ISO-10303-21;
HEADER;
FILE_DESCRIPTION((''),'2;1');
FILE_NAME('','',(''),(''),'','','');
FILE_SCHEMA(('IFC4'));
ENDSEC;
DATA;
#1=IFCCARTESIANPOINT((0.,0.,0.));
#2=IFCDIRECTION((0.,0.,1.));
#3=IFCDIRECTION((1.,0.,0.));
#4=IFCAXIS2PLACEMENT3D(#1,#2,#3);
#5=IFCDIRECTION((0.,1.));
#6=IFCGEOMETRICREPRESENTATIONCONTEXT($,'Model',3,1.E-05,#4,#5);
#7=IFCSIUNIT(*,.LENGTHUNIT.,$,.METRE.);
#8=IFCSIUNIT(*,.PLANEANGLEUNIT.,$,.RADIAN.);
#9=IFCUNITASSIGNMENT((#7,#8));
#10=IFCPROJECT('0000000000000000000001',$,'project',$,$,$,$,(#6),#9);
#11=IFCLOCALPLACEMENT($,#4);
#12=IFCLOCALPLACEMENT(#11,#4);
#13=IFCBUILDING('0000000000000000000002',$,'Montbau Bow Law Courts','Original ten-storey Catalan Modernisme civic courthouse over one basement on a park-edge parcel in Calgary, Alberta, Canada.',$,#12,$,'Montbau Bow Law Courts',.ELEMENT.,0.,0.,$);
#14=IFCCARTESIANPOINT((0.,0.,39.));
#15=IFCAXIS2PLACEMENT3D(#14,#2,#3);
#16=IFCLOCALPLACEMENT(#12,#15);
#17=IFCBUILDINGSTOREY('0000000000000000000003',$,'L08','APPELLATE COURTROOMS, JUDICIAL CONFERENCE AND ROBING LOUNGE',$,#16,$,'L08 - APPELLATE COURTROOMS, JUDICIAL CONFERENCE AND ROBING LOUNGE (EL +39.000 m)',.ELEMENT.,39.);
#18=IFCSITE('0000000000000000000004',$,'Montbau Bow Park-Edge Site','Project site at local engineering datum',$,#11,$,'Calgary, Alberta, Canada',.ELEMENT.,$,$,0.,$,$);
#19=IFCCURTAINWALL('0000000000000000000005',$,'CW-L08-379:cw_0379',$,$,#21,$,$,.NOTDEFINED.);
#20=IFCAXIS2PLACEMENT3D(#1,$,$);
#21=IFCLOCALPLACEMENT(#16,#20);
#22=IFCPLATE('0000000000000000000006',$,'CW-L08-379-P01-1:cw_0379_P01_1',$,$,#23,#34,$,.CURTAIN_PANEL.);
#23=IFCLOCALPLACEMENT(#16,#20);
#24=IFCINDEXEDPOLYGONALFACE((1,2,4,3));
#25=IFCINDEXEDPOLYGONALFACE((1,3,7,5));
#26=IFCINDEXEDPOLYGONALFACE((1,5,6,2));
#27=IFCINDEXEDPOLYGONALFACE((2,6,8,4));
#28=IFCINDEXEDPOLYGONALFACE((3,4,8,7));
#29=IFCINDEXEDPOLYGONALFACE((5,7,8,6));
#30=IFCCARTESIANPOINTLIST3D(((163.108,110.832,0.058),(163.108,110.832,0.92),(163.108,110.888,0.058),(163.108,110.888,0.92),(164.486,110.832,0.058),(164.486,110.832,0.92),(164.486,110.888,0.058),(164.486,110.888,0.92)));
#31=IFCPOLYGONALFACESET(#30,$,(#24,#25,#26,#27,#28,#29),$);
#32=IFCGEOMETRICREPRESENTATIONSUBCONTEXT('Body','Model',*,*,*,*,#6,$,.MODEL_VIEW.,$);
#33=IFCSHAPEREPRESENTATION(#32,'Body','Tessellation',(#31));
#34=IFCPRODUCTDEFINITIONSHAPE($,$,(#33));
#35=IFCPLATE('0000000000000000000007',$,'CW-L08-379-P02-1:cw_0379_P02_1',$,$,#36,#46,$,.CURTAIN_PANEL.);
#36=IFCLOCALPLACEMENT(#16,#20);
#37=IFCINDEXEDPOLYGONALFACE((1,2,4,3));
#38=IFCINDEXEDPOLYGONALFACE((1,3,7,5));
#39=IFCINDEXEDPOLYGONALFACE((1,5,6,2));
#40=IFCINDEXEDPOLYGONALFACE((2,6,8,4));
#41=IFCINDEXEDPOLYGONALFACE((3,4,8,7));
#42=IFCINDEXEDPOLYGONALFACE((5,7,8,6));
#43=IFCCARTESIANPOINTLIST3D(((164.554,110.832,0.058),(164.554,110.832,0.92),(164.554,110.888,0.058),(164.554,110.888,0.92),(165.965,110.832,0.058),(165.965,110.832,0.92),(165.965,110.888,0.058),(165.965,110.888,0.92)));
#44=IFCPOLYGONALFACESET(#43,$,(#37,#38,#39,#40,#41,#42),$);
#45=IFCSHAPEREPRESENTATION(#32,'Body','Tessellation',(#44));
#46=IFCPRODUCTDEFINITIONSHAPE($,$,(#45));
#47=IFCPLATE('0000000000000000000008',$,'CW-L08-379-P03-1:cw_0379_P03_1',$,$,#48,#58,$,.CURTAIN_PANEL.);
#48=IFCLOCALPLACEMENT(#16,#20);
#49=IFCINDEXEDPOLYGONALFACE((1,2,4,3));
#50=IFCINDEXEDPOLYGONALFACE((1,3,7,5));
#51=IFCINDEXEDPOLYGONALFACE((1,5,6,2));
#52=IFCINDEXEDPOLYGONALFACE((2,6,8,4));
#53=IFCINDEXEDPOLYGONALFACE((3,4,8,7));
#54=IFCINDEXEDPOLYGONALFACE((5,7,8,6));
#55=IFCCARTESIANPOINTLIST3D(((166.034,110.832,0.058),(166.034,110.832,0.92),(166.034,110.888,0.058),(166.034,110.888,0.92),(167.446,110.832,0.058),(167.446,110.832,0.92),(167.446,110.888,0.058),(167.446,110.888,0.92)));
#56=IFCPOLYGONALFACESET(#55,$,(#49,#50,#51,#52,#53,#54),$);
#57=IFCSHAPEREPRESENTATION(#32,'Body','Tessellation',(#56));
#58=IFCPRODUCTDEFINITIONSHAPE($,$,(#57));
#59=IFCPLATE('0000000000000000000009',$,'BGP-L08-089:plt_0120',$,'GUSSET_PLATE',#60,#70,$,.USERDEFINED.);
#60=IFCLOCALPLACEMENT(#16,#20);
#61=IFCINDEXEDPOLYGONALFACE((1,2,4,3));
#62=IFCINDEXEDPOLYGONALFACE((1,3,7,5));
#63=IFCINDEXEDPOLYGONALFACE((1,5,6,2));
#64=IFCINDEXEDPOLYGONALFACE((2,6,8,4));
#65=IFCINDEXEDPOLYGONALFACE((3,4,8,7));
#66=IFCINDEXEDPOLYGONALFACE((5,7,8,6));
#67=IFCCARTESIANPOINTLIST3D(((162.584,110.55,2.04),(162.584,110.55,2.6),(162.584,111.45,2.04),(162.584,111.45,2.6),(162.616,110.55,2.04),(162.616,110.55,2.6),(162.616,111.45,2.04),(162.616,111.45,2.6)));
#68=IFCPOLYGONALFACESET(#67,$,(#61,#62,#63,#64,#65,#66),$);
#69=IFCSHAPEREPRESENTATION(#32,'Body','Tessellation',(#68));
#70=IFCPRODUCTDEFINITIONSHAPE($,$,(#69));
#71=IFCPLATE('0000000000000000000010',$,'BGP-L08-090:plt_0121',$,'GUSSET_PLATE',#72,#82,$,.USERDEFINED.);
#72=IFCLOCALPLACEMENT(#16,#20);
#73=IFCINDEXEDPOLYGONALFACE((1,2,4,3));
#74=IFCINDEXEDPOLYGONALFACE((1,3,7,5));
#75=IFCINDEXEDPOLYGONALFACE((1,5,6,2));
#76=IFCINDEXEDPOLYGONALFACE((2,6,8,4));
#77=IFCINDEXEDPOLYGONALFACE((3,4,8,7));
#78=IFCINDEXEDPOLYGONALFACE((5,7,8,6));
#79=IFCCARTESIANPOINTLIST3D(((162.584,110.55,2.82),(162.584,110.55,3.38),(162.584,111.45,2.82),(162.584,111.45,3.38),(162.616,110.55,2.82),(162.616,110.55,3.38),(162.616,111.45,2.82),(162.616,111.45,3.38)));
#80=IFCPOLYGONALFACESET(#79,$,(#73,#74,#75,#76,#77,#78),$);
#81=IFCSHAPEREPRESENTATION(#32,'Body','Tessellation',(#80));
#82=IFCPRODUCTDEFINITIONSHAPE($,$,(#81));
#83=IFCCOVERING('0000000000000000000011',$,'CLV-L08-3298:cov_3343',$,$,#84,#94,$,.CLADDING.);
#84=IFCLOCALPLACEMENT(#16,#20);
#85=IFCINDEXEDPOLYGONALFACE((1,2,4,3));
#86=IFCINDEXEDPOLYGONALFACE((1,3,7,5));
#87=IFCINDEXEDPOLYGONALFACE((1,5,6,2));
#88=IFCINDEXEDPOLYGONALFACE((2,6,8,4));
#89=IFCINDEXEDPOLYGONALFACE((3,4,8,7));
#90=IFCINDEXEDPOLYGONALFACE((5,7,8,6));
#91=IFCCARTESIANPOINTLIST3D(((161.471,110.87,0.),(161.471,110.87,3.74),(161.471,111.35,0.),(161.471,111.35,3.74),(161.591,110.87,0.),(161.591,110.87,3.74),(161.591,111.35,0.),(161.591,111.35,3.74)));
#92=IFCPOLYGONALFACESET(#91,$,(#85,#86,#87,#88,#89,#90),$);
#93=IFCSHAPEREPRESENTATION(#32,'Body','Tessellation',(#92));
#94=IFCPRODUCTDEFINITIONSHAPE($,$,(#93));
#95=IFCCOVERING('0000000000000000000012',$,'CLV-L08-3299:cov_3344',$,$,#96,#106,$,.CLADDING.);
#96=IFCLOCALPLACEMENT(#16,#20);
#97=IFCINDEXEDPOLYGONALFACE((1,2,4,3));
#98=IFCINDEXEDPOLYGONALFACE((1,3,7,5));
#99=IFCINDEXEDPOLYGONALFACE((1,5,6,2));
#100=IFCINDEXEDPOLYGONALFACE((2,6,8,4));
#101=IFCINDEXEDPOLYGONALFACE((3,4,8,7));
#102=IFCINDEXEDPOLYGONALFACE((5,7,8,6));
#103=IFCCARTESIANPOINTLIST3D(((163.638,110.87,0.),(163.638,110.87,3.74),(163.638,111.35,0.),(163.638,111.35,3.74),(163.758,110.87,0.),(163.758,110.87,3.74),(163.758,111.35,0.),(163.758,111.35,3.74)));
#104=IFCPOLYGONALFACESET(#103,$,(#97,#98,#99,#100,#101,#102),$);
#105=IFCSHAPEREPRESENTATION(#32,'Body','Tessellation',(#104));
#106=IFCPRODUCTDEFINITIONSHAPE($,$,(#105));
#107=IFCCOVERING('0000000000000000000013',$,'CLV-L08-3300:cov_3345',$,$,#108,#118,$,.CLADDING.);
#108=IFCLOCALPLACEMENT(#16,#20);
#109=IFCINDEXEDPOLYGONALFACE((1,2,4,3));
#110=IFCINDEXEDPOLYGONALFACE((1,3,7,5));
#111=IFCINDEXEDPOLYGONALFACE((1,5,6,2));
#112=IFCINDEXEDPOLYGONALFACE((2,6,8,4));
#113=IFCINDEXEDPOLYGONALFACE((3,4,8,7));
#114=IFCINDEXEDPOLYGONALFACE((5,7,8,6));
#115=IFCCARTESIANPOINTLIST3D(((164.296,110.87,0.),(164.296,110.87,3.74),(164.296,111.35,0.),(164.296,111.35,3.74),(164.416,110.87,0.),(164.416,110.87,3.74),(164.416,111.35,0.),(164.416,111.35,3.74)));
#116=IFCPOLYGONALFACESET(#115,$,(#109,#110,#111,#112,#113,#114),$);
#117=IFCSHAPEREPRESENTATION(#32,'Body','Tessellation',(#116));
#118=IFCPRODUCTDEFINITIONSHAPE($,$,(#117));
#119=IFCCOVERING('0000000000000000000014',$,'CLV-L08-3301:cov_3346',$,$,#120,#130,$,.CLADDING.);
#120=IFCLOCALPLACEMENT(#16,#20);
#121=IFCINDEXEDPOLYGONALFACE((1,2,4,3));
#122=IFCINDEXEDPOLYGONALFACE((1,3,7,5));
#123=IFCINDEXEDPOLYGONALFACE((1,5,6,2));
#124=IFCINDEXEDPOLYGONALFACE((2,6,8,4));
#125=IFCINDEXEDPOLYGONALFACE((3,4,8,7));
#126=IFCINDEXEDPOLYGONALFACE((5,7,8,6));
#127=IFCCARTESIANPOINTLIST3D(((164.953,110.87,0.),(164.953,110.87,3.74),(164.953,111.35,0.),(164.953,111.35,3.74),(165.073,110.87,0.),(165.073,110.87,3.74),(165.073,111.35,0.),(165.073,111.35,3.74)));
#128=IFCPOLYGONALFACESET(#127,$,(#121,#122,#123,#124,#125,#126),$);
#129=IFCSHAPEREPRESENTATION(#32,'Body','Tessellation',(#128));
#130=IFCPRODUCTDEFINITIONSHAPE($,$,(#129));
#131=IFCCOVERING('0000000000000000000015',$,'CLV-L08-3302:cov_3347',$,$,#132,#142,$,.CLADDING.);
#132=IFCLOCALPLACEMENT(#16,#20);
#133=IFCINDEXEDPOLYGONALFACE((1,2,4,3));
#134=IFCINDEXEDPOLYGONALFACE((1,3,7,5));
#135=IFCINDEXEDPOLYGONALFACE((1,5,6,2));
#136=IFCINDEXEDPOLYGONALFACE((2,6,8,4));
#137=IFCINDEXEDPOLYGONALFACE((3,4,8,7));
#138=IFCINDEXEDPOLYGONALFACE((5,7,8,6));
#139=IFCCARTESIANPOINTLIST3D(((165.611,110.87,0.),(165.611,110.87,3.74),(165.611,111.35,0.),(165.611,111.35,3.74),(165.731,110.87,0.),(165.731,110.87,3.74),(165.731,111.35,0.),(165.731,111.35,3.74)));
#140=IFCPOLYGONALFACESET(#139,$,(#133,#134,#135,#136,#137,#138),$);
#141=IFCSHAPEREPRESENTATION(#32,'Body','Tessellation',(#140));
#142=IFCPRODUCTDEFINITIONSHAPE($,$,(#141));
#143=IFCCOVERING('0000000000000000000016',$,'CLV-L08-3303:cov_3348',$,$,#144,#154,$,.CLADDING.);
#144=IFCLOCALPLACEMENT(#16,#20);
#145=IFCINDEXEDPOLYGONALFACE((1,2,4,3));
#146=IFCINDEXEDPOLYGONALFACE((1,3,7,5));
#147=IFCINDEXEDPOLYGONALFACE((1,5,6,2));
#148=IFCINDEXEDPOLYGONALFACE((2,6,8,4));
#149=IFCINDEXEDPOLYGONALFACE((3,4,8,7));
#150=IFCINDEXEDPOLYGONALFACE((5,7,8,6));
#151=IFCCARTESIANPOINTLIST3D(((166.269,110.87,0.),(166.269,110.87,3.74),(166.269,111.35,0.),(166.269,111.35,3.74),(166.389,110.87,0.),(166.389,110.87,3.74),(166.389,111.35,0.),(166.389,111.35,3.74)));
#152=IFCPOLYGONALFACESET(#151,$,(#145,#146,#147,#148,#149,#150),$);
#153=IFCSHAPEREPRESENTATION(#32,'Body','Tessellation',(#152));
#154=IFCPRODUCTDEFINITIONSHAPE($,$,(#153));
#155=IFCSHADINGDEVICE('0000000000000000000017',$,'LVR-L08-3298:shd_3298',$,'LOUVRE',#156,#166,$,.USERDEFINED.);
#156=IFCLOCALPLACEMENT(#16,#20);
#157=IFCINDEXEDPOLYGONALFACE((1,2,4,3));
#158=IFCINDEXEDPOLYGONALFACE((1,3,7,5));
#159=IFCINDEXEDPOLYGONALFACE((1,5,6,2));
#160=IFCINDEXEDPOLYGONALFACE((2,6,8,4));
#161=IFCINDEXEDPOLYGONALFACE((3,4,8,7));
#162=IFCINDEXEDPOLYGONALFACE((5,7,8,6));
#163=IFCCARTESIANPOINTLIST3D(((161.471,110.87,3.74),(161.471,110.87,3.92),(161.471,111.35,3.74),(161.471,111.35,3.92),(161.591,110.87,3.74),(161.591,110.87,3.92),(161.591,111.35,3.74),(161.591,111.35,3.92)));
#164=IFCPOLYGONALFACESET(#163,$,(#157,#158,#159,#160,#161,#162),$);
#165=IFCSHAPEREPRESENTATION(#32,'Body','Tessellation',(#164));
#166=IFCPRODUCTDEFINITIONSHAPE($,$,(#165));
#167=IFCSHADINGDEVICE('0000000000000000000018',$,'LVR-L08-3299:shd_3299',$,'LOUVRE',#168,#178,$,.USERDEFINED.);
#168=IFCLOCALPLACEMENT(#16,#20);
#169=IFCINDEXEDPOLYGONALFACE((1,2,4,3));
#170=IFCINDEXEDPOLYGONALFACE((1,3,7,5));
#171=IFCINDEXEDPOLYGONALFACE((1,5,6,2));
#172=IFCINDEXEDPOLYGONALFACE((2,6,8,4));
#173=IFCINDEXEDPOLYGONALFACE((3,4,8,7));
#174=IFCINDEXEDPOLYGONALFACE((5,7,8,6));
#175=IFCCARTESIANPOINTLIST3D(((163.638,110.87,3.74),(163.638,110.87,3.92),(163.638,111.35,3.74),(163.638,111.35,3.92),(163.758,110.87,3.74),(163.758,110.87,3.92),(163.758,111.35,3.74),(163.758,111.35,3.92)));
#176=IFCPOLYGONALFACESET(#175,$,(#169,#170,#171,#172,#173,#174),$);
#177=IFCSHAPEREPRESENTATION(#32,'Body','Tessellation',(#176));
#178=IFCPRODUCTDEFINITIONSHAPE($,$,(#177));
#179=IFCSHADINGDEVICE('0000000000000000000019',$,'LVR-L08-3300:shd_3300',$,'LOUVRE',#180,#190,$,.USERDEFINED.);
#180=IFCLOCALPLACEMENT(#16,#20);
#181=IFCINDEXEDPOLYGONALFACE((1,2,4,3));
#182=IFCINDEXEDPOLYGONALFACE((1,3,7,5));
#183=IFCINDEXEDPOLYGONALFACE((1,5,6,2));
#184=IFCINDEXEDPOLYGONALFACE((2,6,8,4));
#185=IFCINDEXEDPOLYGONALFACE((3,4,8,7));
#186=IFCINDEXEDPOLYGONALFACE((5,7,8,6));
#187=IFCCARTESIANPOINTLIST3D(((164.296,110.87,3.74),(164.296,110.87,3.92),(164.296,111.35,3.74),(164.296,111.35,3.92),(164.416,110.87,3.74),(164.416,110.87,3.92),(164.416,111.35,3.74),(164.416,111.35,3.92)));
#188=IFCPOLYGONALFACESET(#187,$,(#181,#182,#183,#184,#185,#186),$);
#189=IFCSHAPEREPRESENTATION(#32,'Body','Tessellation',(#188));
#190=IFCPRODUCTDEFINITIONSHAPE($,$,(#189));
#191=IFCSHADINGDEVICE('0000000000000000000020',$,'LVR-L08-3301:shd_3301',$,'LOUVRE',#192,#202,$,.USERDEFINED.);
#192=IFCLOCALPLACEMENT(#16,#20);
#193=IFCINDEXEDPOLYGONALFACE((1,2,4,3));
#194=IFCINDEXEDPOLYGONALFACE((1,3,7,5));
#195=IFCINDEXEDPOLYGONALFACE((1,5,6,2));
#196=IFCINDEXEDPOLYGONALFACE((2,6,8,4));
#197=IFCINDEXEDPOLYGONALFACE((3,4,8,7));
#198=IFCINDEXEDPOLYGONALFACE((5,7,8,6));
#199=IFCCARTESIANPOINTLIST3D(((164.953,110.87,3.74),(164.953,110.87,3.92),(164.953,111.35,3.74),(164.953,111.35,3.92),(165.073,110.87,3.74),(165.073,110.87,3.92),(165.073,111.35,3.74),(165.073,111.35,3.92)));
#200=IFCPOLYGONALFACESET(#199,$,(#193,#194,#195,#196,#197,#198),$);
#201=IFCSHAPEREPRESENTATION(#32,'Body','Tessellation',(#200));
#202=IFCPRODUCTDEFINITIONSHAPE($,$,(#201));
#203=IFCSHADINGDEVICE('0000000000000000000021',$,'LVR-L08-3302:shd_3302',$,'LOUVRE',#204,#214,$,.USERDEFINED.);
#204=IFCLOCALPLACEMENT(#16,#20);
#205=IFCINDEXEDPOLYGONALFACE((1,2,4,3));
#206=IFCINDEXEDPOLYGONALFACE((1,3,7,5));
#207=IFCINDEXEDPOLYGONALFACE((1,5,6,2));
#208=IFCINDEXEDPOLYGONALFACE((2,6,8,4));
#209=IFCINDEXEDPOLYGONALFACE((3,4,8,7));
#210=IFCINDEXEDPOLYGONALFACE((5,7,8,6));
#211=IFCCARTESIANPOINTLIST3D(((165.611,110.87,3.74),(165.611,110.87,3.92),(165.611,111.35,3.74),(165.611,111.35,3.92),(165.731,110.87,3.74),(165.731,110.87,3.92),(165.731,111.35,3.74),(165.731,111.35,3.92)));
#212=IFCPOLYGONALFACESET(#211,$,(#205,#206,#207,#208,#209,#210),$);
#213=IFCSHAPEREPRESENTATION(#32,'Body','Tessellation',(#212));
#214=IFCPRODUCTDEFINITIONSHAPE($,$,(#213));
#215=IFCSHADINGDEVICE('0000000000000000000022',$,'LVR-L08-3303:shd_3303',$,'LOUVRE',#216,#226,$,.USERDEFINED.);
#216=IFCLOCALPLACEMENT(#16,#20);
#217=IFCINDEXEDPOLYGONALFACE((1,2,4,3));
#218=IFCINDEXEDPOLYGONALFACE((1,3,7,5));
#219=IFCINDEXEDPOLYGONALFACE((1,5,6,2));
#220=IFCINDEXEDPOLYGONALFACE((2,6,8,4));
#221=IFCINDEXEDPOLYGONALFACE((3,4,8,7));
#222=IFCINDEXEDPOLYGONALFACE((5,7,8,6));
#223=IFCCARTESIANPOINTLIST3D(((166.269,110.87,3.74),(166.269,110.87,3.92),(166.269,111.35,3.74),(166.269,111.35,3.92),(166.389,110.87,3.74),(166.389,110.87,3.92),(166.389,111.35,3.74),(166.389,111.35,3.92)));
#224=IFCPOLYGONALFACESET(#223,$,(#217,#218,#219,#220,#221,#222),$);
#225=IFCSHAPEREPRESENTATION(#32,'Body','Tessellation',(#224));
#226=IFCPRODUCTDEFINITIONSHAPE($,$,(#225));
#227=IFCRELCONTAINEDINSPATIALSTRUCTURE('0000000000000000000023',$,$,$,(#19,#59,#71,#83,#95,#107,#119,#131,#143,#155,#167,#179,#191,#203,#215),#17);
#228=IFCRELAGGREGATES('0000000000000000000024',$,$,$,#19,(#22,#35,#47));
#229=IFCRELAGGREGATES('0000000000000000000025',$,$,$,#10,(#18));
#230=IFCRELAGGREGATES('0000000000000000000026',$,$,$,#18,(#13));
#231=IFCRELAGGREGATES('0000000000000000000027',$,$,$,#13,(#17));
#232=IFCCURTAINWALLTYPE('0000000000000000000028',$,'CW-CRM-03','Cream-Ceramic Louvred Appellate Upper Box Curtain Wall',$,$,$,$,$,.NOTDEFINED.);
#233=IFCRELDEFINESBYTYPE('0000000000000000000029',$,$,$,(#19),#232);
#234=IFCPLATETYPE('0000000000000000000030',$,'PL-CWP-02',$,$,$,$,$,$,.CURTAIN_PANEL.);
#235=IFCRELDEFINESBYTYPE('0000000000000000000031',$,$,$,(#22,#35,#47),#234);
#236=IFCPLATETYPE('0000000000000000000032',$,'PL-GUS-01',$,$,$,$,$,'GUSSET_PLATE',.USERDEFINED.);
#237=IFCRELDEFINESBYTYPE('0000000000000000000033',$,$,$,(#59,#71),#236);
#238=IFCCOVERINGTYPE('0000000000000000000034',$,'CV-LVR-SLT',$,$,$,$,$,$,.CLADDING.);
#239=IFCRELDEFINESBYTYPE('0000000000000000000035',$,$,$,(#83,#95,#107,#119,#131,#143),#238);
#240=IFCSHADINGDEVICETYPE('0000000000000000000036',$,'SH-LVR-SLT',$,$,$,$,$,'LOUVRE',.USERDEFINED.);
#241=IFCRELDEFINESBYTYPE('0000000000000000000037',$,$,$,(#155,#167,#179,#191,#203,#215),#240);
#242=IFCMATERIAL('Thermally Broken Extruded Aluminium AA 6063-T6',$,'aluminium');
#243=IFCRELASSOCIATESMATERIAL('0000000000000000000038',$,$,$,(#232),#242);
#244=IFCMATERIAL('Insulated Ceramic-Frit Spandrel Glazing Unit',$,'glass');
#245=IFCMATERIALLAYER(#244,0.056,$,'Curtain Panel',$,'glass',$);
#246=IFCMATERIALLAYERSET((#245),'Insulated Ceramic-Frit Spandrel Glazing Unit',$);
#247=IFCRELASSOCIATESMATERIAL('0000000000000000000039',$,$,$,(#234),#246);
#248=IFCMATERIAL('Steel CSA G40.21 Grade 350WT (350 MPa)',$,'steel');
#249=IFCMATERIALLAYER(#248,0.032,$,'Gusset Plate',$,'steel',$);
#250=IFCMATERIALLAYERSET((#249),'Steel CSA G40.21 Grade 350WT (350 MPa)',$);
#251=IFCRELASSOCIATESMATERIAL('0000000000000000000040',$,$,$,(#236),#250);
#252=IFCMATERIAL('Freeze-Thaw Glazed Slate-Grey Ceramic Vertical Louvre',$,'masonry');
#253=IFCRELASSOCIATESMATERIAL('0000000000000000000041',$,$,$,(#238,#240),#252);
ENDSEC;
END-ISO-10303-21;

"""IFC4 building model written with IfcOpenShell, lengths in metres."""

from ifc_helpers import new_model, si_unit, direction, frame, frame_2d, origin_with_axes, origin_2d_with_axis, place, context, subcontext, project, spatial, rectangle, extrude, material, layer, layer_set, type_object, element, aggregate, save


model = new_model("IFC4")

# Units and contexts
model_context = context("Model", 3, precision=1e-05, world=origin_with_axes(), true_north=direction((0.0, 1.0)))
body_context = subcontext(model_context, "Body", "Model", "MODEL_VIEW")
ifc_project = project(units=[si_unit("LENGTHUNIT", "METRE"), si_unit("PLANEANGLEUNIT", "RADIAN")], contexts=[model_context])

# Site, building, storey
site_placement = place(None, origin_with_axes())
site = spatial("IfcSite", under=ifc_project, at=site_placement, Name="Montbau Bow Park-Edge Site", Description="Project site at local engineering datum", LongName="Calgary, Alberta, Canada", CompositionType="ELEMENT", RefElevation=0.0)
building_placement = place(site_placement, origin_with_axes())
building = spatial("IfcBuilding", under=site, at=building_placement, Name="Montbau Bow Law Courts", Description="Original ten-storey Catalan Modernisme civic courthouse over one basement on a park-edge parcel in Calgary, Alberta, Canada.", LongName="Montbau Bow Law Courts", CompositionType="ELEMENT", ElevationOfRefHeight=0.0, ElevationOfTerrain=0.0)
storey_placement = place(building_placement, frame((0.0, 0.0, 39.0), z_axis=(0.0, 0.0, 1.0), x_axis=(1.0, 0.0, 0.0)))
storey = spatial("IfcBuildingStorey", under=building, at=storey_placement, Name="L08", Description="APPELLATE COURTROOMS, JUDICIAL CONFERENCE AND ROBING LOUNGE", LongName="L08 - APPELLATE COURTROOMS, JUDICIAL CONFERENCE AND ROBING LOUNGE (EL +39.000 m)", CompositionType="ELEMENT", Elevation=39.0)

# Shared definitions
ifc_material_1 = material(Name="Steel CSA G40.21 Grade 350WT (350 MPa)", Category="steel")

# Shared definitions
ifc_material_2 = material(Name="Thermally Broken Extruded Aluminium AA 6063-T6", Category="aluminium")
curtain_wall_type = type_object("IfcCurtainWallType", Name="CW-CRM-03", Description="Cream-Ceramic Louvred Appellate Upper Box Curtain Wall", PredefinedType="NOTDEFINED", material=ifc_material_2)

# Curtain wall, plates
curtain_wall_1_placement = place(None, frame((163.04, 110.86, 39.0), z_axis=(0.0, 0.0, 1.0), x_axis=(1.0, 0.0, 0.0)))
curtain_wall_1 = element("IfcCurtainWall", 1, at=curtain_wall_1_placement, inside=storey, type_object=curtain_wall_type, Name="CW-L08-379:cw_0379", PredefinedType="NOTDEFINED")
ifc_material_3 = material(Name="Insulated Ceramic-Frit Spandrel Glazing Unit", Category="glass")
ifc_layer_1 = layer(ifc_material_3, 0.056, Name="Curtain Panel", Category="glass")
ifc_layer_set_1 = layer_set([ifc_layer_1], Name="Insulated Ceramic-Frit Spandrel Glazing Unit")
plate_type_1 = type_object("IfcPlateType", Name="PL-CWP-02", PredefinedType="CURTAIN_PANEL", material=ifc_layer_set_1)
plate_1_placement = place(None, frame((163.108, 110.86, 39.058), z_axis=(0.0, -1.0, 0.0), x_axis=(1.0, 0.0, 0.0)))
plate_1 = element("IfcPlate", 2, at=plate_1_placement, type_object=plate_type_1, Name="CW-L08-379-P01-1:cw_0379_P01_1", PredefinedType="CURTAIN_PANEL", context=body_context, shape_type="SweptSolid", body=[
    extrude(rectangle(XDim=1.378, YDim=0.862, at=frame_2d((0.689, 0.431), x_axis=(1.0, 0.0))), frame((0.0, 0.0, -0.028), z_axis=(0.0, 0.0, 1.0), x_axis=(1.0, 0.0, 0.0)), (0.0, 0.0, 1.0), 0.056),
])
plate_2_placement = place(None, frame((164.554, 110.86, 39.058), z_axis=(0.0, -1.0, 0.0), x_axis=(1.0, 0.0, 0.0)))
plate_2 = element("IfcPlate", 3, at=plate_2_placement, type_object=plate_type_1, Name="CW-L08-379-P02-1:cw_0379_P02_1", PredefinedType="CURTAIN_PANEL", context=body_context, shape_type="SweptSolid", body=[
    extrude(rectangle(XDim=1.411, YDim=0.862, at=frame_2d((0.7055, 0.431), x_axis=(1.0, 0.0))), frame((0.0, 0.0, -0.028), z_axis=(0.0, 0.0, 1.0), x_axis=(1.0, 0.0, 0.0)), (0.0, 0.0, 1.0), 0.056),
])
plate_3_placement = place(None, frame((166.034, 110.86, 39.058), z_axis=(0.0, -1.0, 0.0), x_axis=(1.0, 0.0, 0.0)))
plate_3 = element("IfcPlate", 4, at=plate_3_placement, type_object=plate_type_1, Name="CW-L08-379-P03-1:cw_0379_P03_1", PredefinedType="CURTAIN_PANEL", context=body_context, shape_type="SweptSolid", body=[
    extrude(rectangle(XDim=1.412, YDim=0.862, at=frame_2d((0.706, 0.431), x_axis=(1.0, 0.0))), frame((0.0, 0.0, -0.028), z_axis=(0.0, 0.0, 1.0), x_axis=(1.0, 0.0, 0.0)), (0.0, 0.0, 1.0), 0.056),
])
aggregate(curtain_wall_1, [plate_1, plate_2, plate_3])

# Plates
ifc_layer_2 = layer(ifc_material_1, 0.032, Name="Gusset Plate", Category="steel")
ifc_layer_set_2 = layer_set([ifc_layer_2], Name="Steel CSA G40.21 Grade 350WT (350 MPa)")
plate_type_2 = type_object("IfcPlateType", Name="PL-GUS-01", ElementType="GUSSET_PLATE", PredefinedType="USERDEFINED", material=ifc_layer_set_2)
for number, where, z_axis, x_axis, name in (
    (5, (162.6, 111.0, 41.04), (0.0, 0.0, 1.0), (0.0, 1.0, 0.0), "BGP-L08-089:plt_0120"),
    (6, (162.6, 111.0, 41.82), (0.0, 0.0, 1.0), (0.0, 1.0, 0.0), "BGP-L08-090:plt_0121"),
):
    element("IfcPlate", number, at=place(None, frame(where, z_axis=z_axis, x_axis=x_axis)), inside=storey, type_object=plate_type_2, Name=name, ObjectType="GUSSET_PLATE", PredefinedType="USERDEFINED", context=body_context, shape_type="SweptSolid", body=[
        extrude(rectangle(XDim=0.9, YDim=0.032, at=origin_2d_with_axis()), origin_with_axes(), (0.0, 0.0, 1.0), 0.56),
    ])

# Coverings
ifc_material_4 = material(Name="Freeze-Thaw Glazed Slate-Grey Ceramic Vertical Louvre", Category="masonry")
covering_type = type_object("IfcCoveringType", Name="CV-LVR-SLT", PredefinedType="CLADDING", material=ifc_material_4)
for number, where, z_axis, x_axis, name in (
    (7, (161.531, 110.87, 39.0), (1.0, 0.0, 0.0), (0.0, 1.0, 0.0), "CLV-L08-3298:cov_3343"),
    (8, (163.698, 110.87, 39.0), (1.0, 0.0, 0.0), (0.0, 1.0, 0.0), "CLV-L08-3299:cov_3344"),
    (9, (164.356, 110.87, 39.0), (1.0, 0.0, 0.0), (0.0, 1.0, 0.0), "CLV-L08-3300:cov_3345"),
    (10, (165.013, 110.87, 39.0), (1.0, 0.0, 0.0), (0.0, 1.0, 0.0), "CLV-L08-3301:cov_3346"),
    (11, (165.671, 110.87, 39.0), (1.0, 0.0, 0.0), (0.0, 1.0, 0.0), "CLV-L08-3302:cov_3347"),
    (12, (166.329, 110.87, 39.0), (1.0, 0.0, 0.0), (0.0, 1.0, 0.0), "CLV-L08-3303:cov_3348"),
):
    element("IfcCovering", number, at=place(None, frame(where, z_axis=z_axis, x_axis=x_axis)), inside=storey, type_object=covering_type, Name=name, PredefinedType="CLADDING", context=body_context, shape_type="SweptSolid", body=[
        extrude(rectangle(XDim=0.48, YDim=3.74, at=frame_2d((0.24, 1.87), x_axis=(1.0, 0.0))), frame((0.0, 0.0, -0.06), z_axis=(0.0, 0.0, 1.0), x_axis=(1.0, 0.0, 0.0)), (0.0, 0.0, 1.0), 0.12),
    ])

# Shading devices
shading_device_type = type_object("IfcShadingDeviceType", Name="SH-LVR-SLT", ElementType="LOUVRE", PredefinedType="USERDEFINED", material=ifc_material_4)
for number, where, z_axis, x_axis, name in (
    (13, (161.531, 111.11, 42.74), (0.0, 0.0, 1.0), (0.0, 1.0, 0.0), "LVR-L08-3298:shd_3298"),
    (14, (163.698, 111.11, 42.74), (0.0, 0.0, 1.0), (0.0, 1.0, 0.0), "LVR-L08-3299:shd_3299"),
    (15, (164.356, 111.11, 42.74), (0.0, 0.0, 1.0), (0.0, 1.0, 0.0), "LVR-L08-3300:shd_3300"),
    (16, (165.013, 111.11, 42.74), (0.0, 0.0, 1.0), (0.0, 1.0, 0.0), "LVR-L08-3301:shd_3301"),
    (17, (165.671, 111.11, 42.74), (0.0, 0.0, 1.0), (0.0, 1.0, 0.0), "LVR-L08-3302:shd_3302"),
    (18, (166.329, 111.11, 42.74), (0.0, 0.0, 1.0), (0.0, 1.0, 0.0), "LVR-L08-3303:shd_3303"),
):
    element("IfcShadingDevice", number, at=place(None, frame(where, z_axis=z_axis, x_axis=x_axis)), inside=storey, type_object=shading_device_type, Name=name, ObjectType="LOUVRE", PredefinedType="USERDEFINED", context=body_context, shape_type="SweptSolid", body=[
        extrude(rectangle(XDim=0.48, YDim=0.12, at=origin_2d_with_axis()), origin_with_axes(), (0.0, 0.0, 1.0), 0.18),
    ])

save(model, "model.ifc")
